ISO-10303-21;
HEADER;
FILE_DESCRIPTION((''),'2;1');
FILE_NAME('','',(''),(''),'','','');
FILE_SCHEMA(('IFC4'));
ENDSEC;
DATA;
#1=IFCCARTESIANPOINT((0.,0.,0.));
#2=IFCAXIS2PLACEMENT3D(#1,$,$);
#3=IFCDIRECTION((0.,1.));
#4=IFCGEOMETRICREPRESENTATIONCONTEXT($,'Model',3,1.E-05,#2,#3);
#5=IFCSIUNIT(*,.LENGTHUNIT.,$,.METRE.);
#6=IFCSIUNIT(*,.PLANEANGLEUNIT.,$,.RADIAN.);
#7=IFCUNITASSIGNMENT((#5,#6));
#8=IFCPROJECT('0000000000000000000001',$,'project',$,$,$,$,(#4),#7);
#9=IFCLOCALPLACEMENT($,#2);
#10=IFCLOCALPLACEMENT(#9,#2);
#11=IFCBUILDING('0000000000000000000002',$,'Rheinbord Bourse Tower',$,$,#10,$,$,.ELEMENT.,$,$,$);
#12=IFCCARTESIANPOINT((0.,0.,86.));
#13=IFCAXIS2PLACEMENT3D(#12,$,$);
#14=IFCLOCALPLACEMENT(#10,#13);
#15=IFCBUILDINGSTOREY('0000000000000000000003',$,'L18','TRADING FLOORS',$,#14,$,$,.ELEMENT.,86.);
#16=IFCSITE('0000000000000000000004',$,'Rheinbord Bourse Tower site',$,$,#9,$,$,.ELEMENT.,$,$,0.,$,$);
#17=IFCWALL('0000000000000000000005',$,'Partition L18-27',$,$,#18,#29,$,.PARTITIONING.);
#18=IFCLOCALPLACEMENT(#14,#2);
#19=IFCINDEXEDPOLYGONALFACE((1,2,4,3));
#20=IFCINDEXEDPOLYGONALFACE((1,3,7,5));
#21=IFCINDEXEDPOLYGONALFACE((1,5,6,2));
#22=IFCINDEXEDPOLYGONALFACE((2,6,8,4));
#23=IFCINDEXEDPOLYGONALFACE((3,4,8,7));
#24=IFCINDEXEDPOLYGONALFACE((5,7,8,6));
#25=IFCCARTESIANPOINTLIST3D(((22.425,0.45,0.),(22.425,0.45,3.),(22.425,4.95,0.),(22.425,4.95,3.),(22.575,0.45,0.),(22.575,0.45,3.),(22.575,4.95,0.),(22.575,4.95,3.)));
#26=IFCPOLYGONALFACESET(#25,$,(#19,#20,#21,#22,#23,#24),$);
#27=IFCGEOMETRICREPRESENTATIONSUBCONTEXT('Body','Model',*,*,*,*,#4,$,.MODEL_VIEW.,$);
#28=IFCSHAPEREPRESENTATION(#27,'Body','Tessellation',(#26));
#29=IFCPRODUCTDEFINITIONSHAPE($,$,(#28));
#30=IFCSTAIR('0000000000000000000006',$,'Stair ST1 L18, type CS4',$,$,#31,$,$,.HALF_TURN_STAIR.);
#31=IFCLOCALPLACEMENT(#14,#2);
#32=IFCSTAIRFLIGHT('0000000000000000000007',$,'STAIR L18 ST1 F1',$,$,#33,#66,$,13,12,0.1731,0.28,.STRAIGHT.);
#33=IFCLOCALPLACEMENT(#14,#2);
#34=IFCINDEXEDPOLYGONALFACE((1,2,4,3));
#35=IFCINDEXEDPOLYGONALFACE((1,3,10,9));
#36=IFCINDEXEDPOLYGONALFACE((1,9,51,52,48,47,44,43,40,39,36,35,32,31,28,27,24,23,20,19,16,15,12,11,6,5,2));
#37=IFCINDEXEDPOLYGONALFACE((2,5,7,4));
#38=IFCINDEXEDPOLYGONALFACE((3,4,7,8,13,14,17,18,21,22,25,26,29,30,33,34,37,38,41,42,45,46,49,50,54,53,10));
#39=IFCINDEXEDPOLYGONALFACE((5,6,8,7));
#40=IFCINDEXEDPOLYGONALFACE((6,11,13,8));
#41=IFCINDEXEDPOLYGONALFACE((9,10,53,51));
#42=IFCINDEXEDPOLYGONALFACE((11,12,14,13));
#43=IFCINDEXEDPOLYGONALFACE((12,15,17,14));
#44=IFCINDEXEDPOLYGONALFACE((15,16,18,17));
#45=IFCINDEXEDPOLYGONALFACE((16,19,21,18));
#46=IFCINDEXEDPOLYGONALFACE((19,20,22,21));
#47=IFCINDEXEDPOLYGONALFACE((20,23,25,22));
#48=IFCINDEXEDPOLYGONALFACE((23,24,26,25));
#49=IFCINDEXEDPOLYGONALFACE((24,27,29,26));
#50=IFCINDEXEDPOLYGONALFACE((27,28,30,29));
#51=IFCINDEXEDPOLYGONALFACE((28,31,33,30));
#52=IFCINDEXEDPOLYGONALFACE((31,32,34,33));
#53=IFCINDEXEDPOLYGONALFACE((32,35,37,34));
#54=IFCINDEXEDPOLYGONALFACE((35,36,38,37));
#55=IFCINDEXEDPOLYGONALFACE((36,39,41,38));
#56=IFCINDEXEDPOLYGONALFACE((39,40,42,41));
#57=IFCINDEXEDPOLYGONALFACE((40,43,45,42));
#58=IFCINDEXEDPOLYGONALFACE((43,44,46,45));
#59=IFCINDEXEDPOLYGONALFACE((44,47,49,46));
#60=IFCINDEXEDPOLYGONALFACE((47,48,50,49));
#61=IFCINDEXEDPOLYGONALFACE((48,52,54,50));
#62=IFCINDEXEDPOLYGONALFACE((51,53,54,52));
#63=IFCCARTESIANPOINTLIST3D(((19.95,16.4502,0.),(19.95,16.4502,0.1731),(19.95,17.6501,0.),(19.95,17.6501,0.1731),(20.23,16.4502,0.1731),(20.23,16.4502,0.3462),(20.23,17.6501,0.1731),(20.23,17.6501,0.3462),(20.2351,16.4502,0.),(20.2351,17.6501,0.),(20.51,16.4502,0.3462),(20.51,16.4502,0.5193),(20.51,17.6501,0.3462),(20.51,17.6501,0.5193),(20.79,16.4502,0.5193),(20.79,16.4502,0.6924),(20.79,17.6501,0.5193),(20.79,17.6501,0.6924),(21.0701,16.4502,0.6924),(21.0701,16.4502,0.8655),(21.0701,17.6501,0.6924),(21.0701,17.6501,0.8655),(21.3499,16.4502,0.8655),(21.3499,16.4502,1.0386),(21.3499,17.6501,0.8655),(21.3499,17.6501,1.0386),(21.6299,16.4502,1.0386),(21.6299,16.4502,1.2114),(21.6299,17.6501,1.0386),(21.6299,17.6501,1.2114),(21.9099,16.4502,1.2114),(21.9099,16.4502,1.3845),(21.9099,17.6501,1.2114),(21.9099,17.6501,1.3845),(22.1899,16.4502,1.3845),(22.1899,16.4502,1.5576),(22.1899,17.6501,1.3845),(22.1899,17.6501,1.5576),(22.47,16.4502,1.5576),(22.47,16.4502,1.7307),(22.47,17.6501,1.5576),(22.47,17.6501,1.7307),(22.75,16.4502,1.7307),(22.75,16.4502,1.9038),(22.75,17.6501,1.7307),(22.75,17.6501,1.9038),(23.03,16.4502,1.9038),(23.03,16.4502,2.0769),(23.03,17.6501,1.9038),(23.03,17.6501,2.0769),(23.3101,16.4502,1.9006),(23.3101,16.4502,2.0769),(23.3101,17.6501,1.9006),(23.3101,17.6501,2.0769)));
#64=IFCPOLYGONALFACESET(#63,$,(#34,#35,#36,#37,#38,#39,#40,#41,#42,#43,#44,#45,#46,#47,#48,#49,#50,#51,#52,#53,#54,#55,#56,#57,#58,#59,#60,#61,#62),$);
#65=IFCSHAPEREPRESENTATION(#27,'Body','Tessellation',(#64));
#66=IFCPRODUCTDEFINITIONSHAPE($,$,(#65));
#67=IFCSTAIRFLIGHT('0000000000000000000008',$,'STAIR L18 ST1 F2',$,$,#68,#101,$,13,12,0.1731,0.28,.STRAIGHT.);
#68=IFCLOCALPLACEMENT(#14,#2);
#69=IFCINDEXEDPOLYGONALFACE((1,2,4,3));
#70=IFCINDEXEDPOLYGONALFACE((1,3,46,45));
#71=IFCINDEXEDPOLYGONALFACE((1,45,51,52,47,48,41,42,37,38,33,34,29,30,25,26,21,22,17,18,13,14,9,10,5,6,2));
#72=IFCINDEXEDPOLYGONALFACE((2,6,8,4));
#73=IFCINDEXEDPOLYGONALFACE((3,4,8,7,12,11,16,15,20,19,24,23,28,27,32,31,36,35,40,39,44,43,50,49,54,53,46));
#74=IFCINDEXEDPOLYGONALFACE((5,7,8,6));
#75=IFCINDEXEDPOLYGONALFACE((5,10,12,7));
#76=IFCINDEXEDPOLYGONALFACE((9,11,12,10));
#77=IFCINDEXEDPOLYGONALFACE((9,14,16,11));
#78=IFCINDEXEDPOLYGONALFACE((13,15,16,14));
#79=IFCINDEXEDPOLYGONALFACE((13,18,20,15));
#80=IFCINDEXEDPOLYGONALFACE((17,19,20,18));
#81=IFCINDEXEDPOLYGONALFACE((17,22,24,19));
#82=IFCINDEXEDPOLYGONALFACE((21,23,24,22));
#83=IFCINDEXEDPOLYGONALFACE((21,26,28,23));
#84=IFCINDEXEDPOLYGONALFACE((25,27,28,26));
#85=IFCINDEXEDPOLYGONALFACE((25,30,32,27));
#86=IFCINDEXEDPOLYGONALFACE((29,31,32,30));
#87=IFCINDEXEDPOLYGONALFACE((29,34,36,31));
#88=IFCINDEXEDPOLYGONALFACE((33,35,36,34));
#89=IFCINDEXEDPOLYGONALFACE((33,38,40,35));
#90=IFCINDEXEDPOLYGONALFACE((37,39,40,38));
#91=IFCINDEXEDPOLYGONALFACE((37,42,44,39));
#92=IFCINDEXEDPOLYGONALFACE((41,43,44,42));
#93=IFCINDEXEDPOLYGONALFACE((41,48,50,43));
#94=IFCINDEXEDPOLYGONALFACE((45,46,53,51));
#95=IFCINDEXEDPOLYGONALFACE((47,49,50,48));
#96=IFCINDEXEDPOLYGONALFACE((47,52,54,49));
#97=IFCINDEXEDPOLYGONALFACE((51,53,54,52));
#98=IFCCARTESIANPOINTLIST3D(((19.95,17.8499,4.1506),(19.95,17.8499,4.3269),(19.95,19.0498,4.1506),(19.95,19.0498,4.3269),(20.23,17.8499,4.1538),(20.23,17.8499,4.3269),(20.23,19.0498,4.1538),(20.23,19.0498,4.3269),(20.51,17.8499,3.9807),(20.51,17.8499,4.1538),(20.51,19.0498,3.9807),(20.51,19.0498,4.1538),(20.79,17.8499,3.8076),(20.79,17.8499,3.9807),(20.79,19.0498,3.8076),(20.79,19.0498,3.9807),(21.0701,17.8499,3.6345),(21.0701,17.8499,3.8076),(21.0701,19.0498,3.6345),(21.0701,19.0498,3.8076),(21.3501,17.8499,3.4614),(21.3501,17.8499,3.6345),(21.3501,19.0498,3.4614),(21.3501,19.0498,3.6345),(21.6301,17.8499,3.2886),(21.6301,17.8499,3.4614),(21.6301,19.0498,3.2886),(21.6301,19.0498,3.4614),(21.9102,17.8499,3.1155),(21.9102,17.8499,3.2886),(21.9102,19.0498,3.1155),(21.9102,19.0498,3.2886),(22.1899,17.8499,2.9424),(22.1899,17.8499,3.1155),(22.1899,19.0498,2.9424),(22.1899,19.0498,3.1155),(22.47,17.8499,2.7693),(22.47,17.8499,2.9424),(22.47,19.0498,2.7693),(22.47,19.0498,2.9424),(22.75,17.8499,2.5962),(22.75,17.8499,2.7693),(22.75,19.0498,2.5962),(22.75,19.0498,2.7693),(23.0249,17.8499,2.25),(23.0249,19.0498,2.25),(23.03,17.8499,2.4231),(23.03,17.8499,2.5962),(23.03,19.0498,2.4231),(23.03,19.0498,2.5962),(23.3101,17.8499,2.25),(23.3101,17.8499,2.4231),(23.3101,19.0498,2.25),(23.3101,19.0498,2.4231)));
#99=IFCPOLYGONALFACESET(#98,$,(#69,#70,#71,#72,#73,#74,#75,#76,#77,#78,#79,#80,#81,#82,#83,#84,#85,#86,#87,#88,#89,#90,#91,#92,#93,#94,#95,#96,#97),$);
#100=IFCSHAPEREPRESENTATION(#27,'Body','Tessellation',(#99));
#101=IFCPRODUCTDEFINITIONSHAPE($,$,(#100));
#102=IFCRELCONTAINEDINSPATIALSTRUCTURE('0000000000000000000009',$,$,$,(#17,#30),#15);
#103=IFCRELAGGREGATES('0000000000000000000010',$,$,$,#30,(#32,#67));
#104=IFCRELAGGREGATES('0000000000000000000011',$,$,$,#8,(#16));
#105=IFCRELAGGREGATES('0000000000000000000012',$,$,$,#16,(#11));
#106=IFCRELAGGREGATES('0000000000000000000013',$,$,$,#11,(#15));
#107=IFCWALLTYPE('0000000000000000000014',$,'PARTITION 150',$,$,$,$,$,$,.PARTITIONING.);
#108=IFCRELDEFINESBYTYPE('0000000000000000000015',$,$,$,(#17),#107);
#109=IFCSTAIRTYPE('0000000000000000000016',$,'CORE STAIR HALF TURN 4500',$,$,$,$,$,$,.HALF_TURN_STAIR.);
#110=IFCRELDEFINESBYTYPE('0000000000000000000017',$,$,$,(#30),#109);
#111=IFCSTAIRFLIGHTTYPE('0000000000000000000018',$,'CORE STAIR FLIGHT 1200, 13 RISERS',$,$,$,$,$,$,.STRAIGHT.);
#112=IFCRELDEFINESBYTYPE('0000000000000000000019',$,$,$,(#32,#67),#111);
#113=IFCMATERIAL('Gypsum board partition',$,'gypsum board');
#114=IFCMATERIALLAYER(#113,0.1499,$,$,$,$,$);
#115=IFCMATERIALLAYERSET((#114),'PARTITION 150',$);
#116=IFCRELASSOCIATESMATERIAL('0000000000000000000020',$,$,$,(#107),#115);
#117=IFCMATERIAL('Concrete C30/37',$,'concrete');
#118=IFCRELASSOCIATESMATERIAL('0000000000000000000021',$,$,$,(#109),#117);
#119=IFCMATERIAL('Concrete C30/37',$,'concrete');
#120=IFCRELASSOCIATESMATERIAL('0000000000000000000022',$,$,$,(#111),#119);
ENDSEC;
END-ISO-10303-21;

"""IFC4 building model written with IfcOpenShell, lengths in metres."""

from ifc_helpers import new_model, si_unit, direction, frame, frame_2d, origin, place, context, subcontext, project, spatial, polyline, rectangle, outline, extrude, material, layer, layer_set, type_object, element, aggregate, save


model = new_model("IFC4")

# Units and contexts
model_context = context("Model", 3, precision=1e-05, world=origin(), true_north=direction((0.0, 1.0)))
body_context = subcontext(model_context, "Body", "Model", "MODEL_VIEW")
ifc_project = project(units=[si_unit("LENGTHUNIT", "METRE"), si_unit("PLANEANGLEUNIT", "RADIAN")], contexts=[model_context])

# Site, building, storey
site_placement = place(None, origin())
site = spatial("IfcSite", under=ifc_project, at=site_placement, Name="Rheinbord Bourse Tower site", CompositionType="ELEMENT", RefElevation=0.0)
building_placement = place(site_placement, origin())
building = spatial("IfcBuilding", under=site, at=building_placement, Name="Rheinbord Bourse Tower", CompositionType="ELEMENT")
storey_placement = place(building_placement, frame((0.0, 0.0, 86.0)))
storey = spatial("IfcBuildingStorey", under=building, at=storey_placement, Name="L18", Description="TRADING FLOORS", CompositionType="ELEMENT", Elevation=86.0)

# Wall
ifc_material_1 = material(Name="Gypsum board partition", Category="gypsum board")
ifc_layer_1 = layer(ifc_material_1, 0.1499)
ifc_layer_set_1 = layer_set([ifc_layer_1], Name="PARTITION 150")
wall_type_1 = type_object("IfcWallType", Name="PARTITION 150", PredefinedType="PARTITIONING", material=ifc_layer_set_1)
for number, where, z_axis, x_axis, name in (
    (1, (22.5, 0.45, 0.0), (0.0, 0.0, 1.0), (0.0, 1.0, 0.0), "Partition L18-27"),
):
    element("IfcWall", number, at=place(storey_placement, frame(where, z_axis=z_axis, x_axis=x_axis)), inside=storey, type_object=wall_type_1, Name=name, PredefinedType="PARTITIONING", context=body_context, shape_type="SweptSolid", body=[
        extrude(rectangle(XDim=4.5, YDim=0.1499, at=frame_2d((2.25, 0.0))), origin(), (0.0, 0.0, 1.0), 3.0),
    ])

# Stair, stair flights
ifc_material_2 = material(Name="Concrete C30/37", Category="concrete")
stair_type = type_object("IfcStairType", Name="CORE STAIR HALF TURN 4500", PredefinedType="HALF_TURN_STAIR", material=ifc_material_2)
stair_placement = place(storey_placement, origin())
stair = element("IfcStair", 2, at=stair_placement, inside=storey, type_object=stair_type, Name="Stair ST1 L18, type CS4", PredefinedType="HALF_TURN_STAIR")
ifc_material_3 = material(Name="Concrete C30/37", Category="concrete")
stair_flight_type = type_object("IfcStairFlightType", Name="CORE STAIR FLIGHT 1200, 13 RISERS", PredefinedType="STRAIGHT", material=ifc_material_3)
stair_flight_1_placement = place(storey_placement, frame((19.95, 17.05, 0.0), z_axis=(0.0, 0.0, 1.0), x_axis=(1.0, 0.0, 0.0)))
stair_flight_1 = element("IfcStairFlight", 3, at=stair_flight_1_placement, type_object=stair_flight_type, Name="STAIR L18 ST1 F1", NumberOfRisers=13, NumberOfTreads=12, PredefinedType="STRAIGHT", RiserHeight=0.1731, TreadLength=0.28, context=body_context, shape_type="SweptSolid", body=[
    extrude(outline(polyline([(0.0, 0.0), (0.0, 0.1731), (0.28, 0.1731), (0.28, 0.3462), (0.5601, 0.3462), (0.5601, 0.5193), (0.8401, 0.5193), (0.8401, 0.6924), (1.1201, 0.6924), (1.1201, 0.8655), (1.3999, 0.8655), (1.3999, 1.0386), (1.6799, 1.0386), (1.6799, 1.2114), (1.96, 1.2114), (1.96, 1.3845), (2.24, 1.3845), (2.24, 1.5576), (2.52, 1.5576), (2.52, 1.7307), (2.8, 1.7307), (2.8, 1.9038), (3.0801, 1.9038), (3.0801, 2.0769), (3.3601, 2.0769), (3.3601, 2.25), (3.3601, 1.9006), (0.2852, 0.0), (0.0, 0.0)])), frame((0.0, 0.6001, 0.0), z_axis=(0.0, -1.0, 0.0), x_axis=(1.0, 0.0, 0.0)), (0.0, 0.0, 1.0), 1.2),
])
stair_flight_2_placement = place(storey_placement, frame((23.3101, 18.45, 2.25), z_axis=(0.0, 0.0, 1.0), x_axis=(-1.0, 0.0, 0.0)))
stair_flight_2 = element("IfcStairFlight", 4, at=stair_flight_2_placement, type_object=stair_flight_type, Name="STAIR L18 ST1 F2", NumberOfRisers=13, NumberOfTreads=12, PredefinedType="STRAIGHT", RiserHeight=0.1731, TreadLength=0.28, context=body_context, shape_type="SweptSolid", body=[
    extrude(outline(polyline([(0.0, 0.0), (0.0, 0.1731), (0.28, 0.1731), (0.28, 0.3462), (0.5601, 0.3462), (0.5601, 0.5193), (0.8401, 0.5193), (0.8401, 0.6924), (1.1201, 0.6924), (1.1201, 0.8655), (1.3999, 0.8655), (1.3999, 1.0386), (1.6799, 1.0386), (1.6799, 1.2114), (1.96, 1.2114), (1.96, 1.3845), (2.24, 1.3845), (2.24, 1.5576), (2.52, 1.5576), (2.52, 1.7307), (2.8, 1.7307), (2.8, 1.9038), (3.0801, 1.9038), (3.0801, 2.0769), (3.3601, 2.0769), (3.3601, 2.25), (3.3601, 1.9006), (0.2852, 0.0), (0.0, 0.0)])), frame((0.0, 0.6001, 0.0), z_axis=(0.0, -1.0, 0.0), x_axis=(1.0, 0.0, 0.0)), (0.0, 0.0, 1.0), 1.2),
])
aggregate(stair, [stair_flight_1, stair_flight_2])

save(model, "model.ifc")
